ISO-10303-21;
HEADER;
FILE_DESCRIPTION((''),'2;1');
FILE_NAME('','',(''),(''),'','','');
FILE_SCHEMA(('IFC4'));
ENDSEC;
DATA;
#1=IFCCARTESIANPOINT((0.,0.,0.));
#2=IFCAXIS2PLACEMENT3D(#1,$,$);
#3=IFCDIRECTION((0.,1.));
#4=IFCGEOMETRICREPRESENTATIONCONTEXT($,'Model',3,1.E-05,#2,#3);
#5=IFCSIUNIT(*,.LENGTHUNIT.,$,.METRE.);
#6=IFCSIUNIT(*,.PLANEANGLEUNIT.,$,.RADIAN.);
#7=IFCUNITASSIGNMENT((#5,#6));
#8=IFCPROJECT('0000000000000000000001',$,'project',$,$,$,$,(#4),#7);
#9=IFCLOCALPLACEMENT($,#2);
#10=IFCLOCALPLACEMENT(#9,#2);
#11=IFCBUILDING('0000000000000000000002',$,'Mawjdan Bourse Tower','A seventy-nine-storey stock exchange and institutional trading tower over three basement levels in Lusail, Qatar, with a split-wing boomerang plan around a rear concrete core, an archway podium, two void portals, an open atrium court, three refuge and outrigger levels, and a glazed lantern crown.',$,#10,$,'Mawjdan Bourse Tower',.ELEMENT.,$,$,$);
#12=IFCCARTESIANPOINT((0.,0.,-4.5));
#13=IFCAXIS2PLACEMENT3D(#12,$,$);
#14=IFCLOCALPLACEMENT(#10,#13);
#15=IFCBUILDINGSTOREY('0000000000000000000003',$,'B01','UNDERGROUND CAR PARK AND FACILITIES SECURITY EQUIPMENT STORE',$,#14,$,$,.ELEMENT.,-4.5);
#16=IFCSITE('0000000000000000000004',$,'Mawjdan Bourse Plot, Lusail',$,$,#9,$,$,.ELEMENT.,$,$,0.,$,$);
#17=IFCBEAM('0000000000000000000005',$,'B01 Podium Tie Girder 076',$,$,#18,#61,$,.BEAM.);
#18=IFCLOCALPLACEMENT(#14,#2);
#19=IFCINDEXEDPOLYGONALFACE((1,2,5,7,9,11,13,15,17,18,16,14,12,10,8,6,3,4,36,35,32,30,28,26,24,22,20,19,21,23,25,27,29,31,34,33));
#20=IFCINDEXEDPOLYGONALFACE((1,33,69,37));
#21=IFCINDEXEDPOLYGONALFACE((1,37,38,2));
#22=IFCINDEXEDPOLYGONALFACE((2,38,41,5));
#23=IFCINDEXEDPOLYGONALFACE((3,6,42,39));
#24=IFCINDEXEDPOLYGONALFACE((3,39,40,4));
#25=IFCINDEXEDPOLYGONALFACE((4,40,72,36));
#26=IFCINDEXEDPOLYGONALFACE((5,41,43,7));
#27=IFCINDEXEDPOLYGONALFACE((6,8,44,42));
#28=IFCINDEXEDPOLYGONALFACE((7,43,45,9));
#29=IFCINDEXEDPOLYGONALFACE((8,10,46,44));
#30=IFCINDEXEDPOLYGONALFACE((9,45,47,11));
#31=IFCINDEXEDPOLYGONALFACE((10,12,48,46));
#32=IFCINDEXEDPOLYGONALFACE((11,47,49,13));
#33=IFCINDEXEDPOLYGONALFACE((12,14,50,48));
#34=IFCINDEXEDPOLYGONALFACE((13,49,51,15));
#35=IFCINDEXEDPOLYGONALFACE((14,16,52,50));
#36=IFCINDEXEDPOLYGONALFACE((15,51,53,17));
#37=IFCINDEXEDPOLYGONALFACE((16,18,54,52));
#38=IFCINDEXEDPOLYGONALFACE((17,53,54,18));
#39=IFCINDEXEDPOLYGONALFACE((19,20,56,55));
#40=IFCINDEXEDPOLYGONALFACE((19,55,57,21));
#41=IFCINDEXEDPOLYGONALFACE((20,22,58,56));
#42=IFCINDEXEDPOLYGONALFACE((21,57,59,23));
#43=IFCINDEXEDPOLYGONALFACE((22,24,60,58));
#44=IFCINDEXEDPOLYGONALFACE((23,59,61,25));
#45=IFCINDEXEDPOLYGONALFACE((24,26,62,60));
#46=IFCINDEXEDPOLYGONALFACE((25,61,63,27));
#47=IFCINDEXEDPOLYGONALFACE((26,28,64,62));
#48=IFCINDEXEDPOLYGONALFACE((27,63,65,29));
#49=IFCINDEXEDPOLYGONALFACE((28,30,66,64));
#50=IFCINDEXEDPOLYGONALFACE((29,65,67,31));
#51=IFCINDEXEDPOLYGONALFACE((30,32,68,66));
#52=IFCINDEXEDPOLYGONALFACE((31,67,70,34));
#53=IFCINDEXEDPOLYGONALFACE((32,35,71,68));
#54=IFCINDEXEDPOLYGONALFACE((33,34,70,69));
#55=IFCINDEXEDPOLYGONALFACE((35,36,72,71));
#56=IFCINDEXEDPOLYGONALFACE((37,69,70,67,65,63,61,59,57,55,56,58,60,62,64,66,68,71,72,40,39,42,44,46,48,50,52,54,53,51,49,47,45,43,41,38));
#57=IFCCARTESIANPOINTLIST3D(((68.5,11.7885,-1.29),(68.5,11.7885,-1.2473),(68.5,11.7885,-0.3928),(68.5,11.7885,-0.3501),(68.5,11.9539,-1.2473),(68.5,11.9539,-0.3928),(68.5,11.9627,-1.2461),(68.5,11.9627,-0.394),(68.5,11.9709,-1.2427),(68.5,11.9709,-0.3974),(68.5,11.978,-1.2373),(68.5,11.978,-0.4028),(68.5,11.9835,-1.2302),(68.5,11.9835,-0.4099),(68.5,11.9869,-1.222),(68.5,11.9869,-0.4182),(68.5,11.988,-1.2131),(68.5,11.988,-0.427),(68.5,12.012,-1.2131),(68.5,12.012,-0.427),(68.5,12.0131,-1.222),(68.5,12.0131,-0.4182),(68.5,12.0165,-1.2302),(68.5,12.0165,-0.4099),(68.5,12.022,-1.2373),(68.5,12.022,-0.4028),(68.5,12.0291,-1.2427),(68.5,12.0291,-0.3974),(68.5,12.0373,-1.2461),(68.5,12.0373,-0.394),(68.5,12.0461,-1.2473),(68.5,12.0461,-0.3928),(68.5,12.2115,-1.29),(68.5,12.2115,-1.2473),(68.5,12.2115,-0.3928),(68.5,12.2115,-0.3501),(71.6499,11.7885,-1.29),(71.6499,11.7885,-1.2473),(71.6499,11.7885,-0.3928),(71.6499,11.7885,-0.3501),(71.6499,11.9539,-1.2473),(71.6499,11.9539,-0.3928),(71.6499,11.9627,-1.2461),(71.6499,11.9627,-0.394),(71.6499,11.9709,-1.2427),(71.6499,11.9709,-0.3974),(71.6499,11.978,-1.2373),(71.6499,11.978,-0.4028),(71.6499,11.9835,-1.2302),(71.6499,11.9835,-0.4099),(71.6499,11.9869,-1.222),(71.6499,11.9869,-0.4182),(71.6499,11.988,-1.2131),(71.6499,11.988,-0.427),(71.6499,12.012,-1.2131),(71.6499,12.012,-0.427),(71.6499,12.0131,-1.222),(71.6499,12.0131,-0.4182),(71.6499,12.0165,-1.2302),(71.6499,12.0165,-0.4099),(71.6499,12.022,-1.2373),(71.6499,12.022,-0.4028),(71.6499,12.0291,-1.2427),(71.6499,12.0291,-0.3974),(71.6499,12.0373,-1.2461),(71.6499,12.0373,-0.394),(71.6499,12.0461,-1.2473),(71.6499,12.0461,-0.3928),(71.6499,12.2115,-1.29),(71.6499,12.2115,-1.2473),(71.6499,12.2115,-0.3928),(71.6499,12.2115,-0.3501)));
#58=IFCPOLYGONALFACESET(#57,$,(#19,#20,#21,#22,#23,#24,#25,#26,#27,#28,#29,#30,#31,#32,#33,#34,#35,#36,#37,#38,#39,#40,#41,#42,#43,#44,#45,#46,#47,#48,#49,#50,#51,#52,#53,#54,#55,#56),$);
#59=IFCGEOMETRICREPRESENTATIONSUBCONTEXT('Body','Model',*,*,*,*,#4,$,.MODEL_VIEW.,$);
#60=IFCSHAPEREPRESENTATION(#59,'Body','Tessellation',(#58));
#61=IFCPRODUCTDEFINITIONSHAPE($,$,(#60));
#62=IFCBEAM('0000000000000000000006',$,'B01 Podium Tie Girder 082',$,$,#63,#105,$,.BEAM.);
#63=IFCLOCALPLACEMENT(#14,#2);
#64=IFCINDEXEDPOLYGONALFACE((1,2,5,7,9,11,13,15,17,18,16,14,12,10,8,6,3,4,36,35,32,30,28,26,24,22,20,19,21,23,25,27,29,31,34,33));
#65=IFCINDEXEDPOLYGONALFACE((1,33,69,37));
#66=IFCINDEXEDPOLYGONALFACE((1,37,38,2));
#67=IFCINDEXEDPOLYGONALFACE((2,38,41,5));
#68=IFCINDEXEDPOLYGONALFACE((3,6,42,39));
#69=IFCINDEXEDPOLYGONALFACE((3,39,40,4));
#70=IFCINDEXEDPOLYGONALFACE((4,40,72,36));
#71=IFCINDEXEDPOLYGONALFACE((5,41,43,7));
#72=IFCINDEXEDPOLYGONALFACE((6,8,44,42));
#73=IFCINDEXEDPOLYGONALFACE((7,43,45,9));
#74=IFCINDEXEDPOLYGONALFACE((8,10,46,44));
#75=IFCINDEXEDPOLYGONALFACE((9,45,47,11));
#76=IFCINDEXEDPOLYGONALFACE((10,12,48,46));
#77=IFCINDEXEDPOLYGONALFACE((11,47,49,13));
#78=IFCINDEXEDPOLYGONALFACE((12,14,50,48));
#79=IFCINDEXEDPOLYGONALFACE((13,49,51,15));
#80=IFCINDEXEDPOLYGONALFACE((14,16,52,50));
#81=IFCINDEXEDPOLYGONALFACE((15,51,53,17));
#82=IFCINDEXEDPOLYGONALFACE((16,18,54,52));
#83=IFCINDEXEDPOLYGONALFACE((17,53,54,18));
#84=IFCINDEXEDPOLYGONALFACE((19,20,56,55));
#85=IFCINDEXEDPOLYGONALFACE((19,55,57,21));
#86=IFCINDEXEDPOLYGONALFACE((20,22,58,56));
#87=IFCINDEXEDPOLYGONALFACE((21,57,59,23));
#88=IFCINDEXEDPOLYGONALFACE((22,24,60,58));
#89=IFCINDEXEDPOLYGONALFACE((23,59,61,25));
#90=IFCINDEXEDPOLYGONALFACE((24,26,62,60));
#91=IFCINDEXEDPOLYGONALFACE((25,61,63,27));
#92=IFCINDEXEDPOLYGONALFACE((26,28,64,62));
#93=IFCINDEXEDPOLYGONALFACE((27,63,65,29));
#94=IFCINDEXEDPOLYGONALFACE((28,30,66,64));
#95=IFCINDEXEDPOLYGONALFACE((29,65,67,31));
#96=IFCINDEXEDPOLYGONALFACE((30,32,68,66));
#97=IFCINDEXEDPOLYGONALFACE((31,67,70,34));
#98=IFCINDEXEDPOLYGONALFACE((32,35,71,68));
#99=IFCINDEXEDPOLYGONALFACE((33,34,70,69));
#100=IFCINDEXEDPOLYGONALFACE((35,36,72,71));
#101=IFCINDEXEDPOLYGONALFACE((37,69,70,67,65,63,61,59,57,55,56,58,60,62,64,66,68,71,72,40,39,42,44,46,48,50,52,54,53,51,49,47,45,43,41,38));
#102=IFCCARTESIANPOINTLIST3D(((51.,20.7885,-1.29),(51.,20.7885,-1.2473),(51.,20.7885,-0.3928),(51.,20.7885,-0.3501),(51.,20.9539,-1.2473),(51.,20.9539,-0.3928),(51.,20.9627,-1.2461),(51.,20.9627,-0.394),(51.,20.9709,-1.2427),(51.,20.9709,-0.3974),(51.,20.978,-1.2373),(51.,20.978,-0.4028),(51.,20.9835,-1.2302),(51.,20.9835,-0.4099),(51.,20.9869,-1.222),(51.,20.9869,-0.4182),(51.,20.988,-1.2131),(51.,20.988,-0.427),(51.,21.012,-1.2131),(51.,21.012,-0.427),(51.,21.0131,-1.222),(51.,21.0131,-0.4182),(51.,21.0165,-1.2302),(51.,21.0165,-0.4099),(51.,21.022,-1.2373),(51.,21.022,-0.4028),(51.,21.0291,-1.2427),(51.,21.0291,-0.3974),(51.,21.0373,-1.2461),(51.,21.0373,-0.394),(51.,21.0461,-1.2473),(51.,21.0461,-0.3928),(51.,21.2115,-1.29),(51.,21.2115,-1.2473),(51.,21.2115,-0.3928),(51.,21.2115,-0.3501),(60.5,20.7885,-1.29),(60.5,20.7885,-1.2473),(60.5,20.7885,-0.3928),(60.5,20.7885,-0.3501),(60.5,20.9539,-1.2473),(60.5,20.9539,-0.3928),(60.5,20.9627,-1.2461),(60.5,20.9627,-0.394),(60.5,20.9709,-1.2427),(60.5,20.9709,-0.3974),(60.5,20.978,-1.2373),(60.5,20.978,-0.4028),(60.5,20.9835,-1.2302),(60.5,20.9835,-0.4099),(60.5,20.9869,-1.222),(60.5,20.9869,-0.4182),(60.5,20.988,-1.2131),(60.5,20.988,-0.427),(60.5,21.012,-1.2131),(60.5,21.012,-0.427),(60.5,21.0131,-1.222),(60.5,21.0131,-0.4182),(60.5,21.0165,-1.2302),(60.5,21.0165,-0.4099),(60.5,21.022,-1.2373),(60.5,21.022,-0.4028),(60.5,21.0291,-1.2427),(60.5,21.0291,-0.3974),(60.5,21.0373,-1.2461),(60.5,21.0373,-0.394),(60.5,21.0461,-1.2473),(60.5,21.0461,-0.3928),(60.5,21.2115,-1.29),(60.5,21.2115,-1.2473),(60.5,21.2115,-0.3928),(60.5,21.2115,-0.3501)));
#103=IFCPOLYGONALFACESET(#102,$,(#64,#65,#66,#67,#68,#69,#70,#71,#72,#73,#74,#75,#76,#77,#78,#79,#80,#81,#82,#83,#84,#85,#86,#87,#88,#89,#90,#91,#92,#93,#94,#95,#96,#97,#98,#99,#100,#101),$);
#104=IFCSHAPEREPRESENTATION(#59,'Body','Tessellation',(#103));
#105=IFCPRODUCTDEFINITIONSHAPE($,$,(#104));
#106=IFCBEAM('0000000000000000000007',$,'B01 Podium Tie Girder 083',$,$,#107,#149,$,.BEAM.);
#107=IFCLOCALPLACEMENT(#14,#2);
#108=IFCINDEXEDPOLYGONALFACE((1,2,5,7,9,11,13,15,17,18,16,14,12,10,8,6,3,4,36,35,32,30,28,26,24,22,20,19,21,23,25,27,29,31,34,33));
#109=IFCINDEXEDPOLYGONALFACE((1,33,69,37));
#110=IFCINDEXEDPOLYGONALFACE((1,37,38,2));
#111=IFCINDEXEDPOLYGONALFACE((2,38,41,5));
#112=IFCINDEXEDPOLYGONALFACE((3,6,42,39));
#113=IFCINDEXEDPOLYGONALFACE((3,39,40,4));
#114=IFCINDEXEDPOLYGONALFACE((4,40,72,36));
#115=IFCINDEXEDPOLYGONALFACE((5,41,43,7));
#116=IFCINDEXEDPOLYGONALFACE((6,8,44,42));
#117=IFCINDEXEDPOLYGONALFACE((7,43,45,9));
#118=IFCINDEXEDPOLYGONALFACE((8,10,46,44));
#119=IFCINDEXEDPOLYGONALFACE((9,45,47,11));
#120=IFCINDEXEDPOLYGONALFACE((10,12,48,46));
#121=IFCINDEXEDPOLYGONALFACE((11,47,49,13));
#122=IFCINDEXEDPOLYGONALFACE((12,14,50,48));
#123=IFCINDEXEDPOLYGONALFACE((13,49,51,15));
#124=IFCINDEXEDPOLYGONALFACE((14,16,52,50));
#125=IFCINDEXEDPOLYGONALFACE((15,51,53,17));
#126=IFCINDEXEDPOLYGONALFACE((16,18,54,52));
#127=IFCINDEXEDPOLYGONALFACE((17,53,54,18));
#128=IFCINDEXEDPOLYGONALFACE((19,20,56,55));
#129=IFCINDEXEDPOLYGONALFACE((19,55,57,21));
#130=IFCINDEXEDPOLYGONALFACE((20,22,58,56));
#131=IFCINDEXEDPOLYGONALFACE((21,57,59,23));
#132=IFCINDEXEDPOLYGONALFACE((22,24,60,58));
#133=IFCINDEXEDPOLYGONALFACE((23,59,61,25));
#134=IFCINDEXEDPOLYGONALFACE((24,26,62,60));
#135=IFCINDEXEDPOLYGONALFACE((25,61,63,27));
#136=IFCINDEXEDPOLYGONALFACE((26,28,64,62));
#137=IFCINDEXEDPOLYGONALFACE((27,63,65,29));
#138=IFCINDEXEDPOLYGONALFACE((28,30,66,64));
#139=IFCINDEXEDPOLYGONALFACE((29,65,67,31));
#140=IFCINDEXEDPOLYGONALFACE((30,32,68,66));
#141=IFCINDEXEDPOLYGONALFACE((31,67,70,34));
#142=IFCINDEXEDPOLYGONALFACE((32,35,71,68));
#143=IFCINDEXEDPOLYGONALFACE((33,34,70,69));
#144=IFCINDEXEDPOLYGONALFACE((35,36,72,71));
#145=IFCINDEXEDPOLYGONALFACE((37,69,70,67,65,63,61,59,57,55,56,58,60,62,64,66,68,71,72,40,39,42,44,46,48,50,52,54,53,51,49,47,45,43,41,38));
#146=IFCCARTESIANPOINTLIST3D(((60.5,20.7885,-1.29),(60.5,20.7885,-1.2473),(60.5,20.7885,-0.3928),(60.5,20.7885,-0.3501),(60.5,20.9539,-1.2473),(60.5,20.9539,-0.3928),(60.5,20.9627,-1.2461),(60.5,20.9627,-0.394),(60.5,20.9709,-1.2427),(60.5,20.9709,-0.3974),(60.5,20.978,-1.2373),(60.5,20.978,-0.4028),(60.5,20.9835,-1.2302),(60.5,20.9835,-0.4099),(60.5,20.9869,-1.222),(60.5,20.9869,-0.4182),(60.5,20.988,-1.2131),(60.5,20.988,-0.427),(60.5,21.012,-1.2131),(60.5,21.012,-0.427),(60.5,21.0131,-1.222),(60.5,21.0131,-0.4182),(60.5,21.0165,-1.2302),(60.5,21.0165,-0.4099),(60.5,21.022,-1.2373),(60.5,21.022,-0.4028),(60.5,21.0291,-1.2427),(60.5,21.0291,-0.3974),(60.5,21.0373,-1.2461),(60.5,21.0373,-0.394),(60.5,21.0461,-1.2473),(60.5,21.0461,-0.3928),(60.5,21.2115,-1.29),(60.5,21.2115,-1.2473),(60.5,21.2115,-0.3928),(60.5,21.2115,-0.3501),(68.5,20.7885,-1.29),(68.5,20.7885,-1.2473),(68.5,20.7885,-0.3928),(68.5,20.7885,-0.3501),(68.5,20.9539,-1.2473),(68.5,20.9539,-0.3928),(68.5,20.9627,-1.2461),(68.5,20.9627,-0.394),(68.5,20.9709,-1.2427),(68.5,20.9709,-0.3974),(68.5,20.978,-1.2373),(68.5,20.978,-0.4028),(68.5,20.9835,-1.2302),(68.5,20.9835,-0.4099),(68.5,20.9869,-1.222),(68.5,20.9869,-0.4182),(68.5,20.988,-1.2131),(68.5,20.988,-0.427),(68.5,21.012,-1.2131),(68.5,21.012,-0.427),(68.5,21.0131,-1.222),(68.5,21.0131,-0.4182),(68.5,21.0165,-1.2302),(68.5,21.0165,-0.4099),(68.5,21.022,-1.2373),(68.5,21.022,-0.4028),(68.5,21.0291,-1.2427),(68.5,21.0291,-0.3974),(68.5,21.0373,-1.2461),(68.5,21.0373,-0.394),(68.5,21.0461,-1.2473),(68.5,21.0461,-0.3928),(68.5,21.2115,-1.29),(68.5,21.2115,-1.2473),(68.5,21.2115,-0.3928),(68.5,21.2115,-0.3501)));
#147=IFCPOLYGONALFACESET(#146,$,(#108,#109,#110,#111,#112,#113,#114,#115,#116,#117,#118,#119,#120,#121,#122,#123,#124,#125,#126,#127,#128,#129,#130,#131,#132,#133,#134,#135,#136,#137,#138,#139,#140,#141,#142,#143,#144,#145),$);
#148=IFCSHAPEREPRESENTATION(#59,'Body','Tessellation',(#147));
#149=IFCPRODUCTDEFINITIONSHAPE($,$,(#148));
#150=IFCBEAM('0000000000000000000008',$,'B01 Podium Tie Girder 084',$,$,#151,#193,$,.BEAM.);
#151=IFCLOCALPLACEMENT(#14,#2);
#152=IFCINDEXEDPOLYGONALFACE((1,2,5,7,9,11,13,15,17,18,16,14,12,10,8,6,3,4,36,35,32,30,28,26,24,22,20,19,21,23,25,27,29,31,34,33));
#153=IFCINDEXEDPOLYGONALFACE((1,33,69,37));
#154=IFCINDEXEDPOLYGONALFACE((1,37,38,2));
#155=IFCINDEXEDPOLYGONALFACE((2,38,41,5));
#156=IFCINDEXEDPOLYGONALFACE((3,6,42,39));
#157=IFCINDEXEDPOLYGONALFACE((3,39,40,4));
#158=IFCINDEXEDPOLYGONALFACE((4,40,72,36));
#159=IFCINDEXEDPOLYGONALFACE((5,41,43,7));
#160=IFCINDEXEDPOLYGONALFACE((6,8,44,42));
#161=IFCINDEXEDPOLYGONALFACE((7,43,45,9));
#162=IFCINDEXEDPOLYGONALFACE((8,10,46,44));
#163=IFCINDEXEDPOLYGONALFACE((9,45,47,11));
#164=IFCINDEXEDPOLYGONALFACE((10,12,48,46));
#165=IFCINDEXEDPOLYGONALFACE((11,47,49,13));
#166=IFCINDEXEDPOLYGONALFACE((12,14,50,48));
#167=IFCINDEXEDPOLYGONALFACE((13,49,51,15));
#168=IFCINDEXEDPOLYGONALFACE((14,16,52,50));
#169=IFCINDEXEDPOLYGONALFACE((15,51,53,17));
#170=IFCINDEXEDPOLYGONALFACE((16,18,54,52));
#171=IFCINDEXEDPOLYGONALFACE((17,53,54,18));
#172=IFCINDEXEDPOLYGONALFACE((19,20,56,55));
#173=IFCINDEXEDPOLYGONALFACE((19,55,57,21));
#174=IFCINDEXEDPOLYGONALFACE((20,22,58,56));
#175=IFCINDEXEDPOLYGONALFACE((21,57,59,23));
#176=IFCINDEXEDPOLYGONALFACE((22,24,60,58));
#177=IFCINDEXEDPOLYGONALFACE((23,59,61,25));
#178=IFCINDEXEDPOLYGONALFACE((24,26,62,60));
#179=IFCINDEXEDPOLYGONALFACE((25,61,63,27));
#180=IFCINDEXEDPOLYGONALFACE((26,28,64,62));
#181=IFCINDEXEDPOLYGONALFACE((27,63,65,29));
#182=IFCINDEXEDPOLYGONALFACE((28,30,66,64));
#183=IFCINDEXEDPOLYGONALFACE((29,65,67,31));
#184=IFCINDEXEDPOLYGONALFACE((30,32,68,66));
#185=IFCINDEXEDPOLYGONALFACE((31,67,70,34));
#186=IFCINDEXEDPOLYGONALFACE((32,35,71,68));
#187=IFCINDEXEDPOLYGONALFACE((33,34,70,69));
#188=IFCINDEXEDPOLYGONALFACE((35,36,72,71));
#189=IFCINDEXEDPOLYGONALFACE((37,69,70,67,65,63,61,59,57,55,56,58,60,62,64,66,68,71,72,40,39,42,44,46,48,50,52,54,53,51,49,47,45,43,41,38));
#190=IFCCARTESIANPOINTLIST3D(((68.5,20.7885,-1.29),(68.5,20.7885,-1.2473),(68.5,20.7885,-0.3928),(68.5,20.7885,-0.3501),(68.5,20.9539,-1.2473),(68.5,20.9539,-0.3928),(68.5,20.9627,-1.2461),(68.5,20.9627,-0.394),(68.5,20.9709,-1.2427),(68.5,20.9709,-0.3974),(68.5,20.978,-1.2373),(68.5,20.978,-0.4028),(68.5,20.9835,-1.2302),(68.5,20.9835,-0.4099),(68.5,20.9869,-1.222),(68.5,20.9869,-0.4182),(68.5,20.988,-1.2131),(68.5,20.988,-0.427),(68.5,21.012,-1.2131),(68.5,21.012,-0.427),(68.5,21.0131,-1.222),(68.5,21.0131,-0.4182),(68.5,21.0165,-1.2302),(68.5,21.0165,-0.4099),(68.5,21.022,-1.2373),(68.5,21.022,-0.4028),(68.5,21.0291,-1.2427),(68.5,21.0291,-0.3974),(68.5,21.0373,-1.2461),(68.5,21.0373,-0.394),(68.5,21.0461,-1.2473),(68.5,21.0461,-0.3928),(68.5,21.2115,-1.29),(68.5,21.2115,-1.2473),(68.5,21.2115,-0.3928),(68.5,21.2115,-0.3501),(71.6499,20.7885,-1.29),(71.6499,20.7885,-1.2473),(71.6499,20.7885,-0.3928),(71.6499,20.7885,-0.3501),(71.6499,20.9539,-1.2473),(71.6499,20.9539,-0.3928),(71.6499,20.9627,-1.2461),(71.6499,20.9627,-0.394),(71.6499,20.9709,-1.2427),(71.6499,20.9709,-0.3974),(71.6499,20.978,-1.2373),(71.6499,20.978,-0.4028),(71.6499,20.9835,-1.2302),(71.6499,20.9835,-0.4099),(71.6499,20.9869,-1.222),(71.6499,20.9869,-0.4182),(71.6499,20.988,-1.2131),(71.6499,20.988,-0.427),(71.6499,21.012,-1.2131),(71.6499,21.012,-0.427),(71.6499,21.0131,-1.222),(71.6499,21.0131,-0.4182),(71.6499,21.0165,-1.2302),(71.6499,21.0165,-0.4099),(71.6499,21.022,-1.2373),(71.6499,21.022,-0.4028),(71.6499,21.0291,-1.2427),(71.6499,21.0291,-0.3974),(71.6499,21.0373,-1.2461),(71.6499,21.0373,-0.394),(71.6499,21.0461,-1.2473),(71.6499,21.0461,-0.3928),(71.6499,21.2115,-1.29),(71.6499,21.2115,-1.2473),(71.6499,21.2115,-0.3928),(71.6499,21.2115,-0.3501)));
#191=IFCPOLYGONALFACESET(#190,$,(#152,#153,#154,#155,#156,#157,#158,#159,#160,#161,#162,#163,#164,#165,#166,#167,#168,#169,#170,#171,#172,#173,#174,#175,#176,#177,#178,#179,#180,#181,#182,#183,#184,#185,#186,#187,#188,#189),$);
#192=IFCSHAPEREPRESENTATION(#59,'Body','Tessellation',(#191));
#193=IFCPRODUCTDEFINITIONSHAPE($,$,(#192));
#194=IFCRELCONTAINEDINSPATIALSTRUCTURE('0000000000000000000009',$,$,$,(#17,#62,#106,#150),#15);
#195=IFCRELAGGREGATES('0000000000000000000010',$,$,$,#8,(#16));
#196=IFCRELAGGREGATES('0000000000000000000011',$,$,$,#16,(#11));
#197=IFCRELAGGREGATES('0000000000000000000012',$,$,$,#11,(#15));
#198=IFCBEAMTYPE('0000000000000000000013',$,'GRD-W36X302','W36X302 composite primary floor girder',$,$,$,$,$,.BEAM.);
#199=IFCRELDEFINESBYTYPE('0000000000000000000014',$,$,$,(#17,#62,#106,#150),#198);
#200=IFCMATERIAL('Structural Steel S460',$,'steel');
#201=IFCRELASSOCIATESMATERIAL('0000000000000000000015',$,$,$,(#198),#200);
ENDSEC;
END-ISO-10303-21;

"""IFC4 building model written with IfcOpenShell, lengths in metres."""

from ifc_helpers import new_model, si_unit, direction, frame, origin, origin_2d, place, context, subcontext, project, spatial, i_section, extrude, material, material_profile, profile_set, type_object, element, save


model = new_model("IFC4")

# Units and contexts
model_context = context("Model", 3, precision=1e-05, world=origin(), true_north=direction((0.0, 1.0)))
body_context = subcontext(model_context, "Body", "Model", "MODEL_VIEW")
ifc_project = project(units=[si_unit("LENGTHUNIT", "METRE"), si_unit("PLANEANGLEUNIT", "RADIAN")], contexts=[model_context])

# Site, building, storey
site_placement = place(None, origin())
site = spatial("IfcSite", under=ifc_project, at=site_placement, Name="Mawjdan Bourse Plot, Lusail", CompositionType="ELEMENT", RefElevation=0.0)
building_placement = place(site_placement, origin())
building = spatial("IfcBuilding", under=site, at=building_placement, Name="Mawjdan Bourse Tower", Description="A seventy-nine-storey stock exchange and institutional trading tower over three basement levels in Lusail, Qatar, with a split-wing boomerang plan around a rear concrete core, an archway podium, two void portals, an open atrium court, three refuge and outrigger levels, and a glazed lantern crown.", LongName="Mawjdan Bourse Tower", CompositionType="ELEMENT")
storey_placement = place(building_placement, frame((0.0, 0.0, -4.5)))
storey = spatial("IfcBuildingStorey", under=building, at=storey_placement, Name="B01", Description="UNDERGROUND CAR PARK AND FACILITIES SECURITY EQUIPMENT STORE", CompositionType="ELEMENT", Elevation=-4.5)

# Beams
ifc_material_1 = material(Name="Structural Steel S460", Category="steel")
ifc_material_profile_1 = material_profile(ifc_material_1, i_section(OverallWidth=0.4231, OverallDepth=0.9399, WebThickness=0.0239, FlangeThickness=0.0427, FilletRadius=0.0342, at=origin_2d()), Name="W36X302")
ifc_profile_set_1 = profile_set([ifc_material_profile_1], Name="Structural Steel S460")
beam_type_1 = type_object("IfcBeamType", Name="GRD-W36X302", Description="W36X302 composite primary floor girder", PredefinedType="BEAM", material=ifc_profile_set_1)
beam_1_placement = place(storey_placement, frame((68.5, 12.0, -0.8201), z_axis=(1.0, 0.0, 0.0), x_axis=(0.0, 1.0, 0.0)))
element("IfcBeam", 1, at=beam_1_placement, inside=storey, type_object=beam_type_1, Name="B01 Podium Tie Girder 076", PredefinedType="BEAM", context=body_context, shape_type="SweptSolid", body=[
    extrude(i_section(OverallWidth=0.4231, OverallDepth=0.9399, WebThickness=0.0239, FlangeThickness=0.0427, FilletRadius=0.0342, at=origin_2d()), origin(), (0.0, 0.0, 1.0), 3.1499),
])
beam_2_placement = place(storey_placement, frame((51.0, 21.0, -0.8201), z_axis=(1.0, 0.0, 0.0), x_axis=(0.0, 1.0, 0.0)))
element("IfcBeam", 2, at=beam_2_placement, inside=storey, type_object=beam_type_1, Name="B01 Podium Tie Girder 082", PredefinedType="BEAM", context=body_context, shape_type="SweptSolid", body=[
    extrude(i_section(OverallWidth=0.4231, OverallDepth=0.9399, WebThickness=0.0239, FlangeThickness=0.0427, FilletRadius=0.0342, at=origin_2d()), origin(), (0.0, 0.0, 1.0), 9.5),
])
beam_3_placement = place(storey_placement, frame((60.5, 21.0, -0.8201), z_axis=(1.0, 0.0, 0.0), x_axis=(0.0, 1.0, 0.0)))
element("IfcBeam", 3, at=beam_3_placement, inside=storey, type_object=beam_type_1, Name="B01 Podium Tie Girder 083", PredefinedType="BEAM", context=body_context, shape_type="SweptSolid", body=[
    extrude(i_section(OverallWidth=0.4231, OverallDepth=0.9399, WebThickness=0.0239, FlangeThickness=0.0427, FilletRadius=0.0342, at=origin_2d()), origin(), (0.0, 0.0, 1.0), 8.0),
])
beam_4_placement = place(storey_placement, frame((68.5, 21.0, -0.8201), z_axis=(1.0, 0.0, 0.0), x_axis=(0.0, 1.0, 0.0)))
element("IfcBeam", 4, at=beam_4_placement, inside=storey, type_object=beam_type_1, Name="B01 Podium Tie Girder 084", PredefinedType="BEAM", context=body_context, shape_type="SweptSolid", body=[
    extrude(i_section(OverallWidth=0.4231, OverallDepth=0.9399, WebThickness=0.0239, FlangeThickness=0.0427, FilletRadius=0.0342, at=origin_2d()), origin(), (0.0, 0.0, 1.0), 3.1499),
])

save(model, "model.ifc")
